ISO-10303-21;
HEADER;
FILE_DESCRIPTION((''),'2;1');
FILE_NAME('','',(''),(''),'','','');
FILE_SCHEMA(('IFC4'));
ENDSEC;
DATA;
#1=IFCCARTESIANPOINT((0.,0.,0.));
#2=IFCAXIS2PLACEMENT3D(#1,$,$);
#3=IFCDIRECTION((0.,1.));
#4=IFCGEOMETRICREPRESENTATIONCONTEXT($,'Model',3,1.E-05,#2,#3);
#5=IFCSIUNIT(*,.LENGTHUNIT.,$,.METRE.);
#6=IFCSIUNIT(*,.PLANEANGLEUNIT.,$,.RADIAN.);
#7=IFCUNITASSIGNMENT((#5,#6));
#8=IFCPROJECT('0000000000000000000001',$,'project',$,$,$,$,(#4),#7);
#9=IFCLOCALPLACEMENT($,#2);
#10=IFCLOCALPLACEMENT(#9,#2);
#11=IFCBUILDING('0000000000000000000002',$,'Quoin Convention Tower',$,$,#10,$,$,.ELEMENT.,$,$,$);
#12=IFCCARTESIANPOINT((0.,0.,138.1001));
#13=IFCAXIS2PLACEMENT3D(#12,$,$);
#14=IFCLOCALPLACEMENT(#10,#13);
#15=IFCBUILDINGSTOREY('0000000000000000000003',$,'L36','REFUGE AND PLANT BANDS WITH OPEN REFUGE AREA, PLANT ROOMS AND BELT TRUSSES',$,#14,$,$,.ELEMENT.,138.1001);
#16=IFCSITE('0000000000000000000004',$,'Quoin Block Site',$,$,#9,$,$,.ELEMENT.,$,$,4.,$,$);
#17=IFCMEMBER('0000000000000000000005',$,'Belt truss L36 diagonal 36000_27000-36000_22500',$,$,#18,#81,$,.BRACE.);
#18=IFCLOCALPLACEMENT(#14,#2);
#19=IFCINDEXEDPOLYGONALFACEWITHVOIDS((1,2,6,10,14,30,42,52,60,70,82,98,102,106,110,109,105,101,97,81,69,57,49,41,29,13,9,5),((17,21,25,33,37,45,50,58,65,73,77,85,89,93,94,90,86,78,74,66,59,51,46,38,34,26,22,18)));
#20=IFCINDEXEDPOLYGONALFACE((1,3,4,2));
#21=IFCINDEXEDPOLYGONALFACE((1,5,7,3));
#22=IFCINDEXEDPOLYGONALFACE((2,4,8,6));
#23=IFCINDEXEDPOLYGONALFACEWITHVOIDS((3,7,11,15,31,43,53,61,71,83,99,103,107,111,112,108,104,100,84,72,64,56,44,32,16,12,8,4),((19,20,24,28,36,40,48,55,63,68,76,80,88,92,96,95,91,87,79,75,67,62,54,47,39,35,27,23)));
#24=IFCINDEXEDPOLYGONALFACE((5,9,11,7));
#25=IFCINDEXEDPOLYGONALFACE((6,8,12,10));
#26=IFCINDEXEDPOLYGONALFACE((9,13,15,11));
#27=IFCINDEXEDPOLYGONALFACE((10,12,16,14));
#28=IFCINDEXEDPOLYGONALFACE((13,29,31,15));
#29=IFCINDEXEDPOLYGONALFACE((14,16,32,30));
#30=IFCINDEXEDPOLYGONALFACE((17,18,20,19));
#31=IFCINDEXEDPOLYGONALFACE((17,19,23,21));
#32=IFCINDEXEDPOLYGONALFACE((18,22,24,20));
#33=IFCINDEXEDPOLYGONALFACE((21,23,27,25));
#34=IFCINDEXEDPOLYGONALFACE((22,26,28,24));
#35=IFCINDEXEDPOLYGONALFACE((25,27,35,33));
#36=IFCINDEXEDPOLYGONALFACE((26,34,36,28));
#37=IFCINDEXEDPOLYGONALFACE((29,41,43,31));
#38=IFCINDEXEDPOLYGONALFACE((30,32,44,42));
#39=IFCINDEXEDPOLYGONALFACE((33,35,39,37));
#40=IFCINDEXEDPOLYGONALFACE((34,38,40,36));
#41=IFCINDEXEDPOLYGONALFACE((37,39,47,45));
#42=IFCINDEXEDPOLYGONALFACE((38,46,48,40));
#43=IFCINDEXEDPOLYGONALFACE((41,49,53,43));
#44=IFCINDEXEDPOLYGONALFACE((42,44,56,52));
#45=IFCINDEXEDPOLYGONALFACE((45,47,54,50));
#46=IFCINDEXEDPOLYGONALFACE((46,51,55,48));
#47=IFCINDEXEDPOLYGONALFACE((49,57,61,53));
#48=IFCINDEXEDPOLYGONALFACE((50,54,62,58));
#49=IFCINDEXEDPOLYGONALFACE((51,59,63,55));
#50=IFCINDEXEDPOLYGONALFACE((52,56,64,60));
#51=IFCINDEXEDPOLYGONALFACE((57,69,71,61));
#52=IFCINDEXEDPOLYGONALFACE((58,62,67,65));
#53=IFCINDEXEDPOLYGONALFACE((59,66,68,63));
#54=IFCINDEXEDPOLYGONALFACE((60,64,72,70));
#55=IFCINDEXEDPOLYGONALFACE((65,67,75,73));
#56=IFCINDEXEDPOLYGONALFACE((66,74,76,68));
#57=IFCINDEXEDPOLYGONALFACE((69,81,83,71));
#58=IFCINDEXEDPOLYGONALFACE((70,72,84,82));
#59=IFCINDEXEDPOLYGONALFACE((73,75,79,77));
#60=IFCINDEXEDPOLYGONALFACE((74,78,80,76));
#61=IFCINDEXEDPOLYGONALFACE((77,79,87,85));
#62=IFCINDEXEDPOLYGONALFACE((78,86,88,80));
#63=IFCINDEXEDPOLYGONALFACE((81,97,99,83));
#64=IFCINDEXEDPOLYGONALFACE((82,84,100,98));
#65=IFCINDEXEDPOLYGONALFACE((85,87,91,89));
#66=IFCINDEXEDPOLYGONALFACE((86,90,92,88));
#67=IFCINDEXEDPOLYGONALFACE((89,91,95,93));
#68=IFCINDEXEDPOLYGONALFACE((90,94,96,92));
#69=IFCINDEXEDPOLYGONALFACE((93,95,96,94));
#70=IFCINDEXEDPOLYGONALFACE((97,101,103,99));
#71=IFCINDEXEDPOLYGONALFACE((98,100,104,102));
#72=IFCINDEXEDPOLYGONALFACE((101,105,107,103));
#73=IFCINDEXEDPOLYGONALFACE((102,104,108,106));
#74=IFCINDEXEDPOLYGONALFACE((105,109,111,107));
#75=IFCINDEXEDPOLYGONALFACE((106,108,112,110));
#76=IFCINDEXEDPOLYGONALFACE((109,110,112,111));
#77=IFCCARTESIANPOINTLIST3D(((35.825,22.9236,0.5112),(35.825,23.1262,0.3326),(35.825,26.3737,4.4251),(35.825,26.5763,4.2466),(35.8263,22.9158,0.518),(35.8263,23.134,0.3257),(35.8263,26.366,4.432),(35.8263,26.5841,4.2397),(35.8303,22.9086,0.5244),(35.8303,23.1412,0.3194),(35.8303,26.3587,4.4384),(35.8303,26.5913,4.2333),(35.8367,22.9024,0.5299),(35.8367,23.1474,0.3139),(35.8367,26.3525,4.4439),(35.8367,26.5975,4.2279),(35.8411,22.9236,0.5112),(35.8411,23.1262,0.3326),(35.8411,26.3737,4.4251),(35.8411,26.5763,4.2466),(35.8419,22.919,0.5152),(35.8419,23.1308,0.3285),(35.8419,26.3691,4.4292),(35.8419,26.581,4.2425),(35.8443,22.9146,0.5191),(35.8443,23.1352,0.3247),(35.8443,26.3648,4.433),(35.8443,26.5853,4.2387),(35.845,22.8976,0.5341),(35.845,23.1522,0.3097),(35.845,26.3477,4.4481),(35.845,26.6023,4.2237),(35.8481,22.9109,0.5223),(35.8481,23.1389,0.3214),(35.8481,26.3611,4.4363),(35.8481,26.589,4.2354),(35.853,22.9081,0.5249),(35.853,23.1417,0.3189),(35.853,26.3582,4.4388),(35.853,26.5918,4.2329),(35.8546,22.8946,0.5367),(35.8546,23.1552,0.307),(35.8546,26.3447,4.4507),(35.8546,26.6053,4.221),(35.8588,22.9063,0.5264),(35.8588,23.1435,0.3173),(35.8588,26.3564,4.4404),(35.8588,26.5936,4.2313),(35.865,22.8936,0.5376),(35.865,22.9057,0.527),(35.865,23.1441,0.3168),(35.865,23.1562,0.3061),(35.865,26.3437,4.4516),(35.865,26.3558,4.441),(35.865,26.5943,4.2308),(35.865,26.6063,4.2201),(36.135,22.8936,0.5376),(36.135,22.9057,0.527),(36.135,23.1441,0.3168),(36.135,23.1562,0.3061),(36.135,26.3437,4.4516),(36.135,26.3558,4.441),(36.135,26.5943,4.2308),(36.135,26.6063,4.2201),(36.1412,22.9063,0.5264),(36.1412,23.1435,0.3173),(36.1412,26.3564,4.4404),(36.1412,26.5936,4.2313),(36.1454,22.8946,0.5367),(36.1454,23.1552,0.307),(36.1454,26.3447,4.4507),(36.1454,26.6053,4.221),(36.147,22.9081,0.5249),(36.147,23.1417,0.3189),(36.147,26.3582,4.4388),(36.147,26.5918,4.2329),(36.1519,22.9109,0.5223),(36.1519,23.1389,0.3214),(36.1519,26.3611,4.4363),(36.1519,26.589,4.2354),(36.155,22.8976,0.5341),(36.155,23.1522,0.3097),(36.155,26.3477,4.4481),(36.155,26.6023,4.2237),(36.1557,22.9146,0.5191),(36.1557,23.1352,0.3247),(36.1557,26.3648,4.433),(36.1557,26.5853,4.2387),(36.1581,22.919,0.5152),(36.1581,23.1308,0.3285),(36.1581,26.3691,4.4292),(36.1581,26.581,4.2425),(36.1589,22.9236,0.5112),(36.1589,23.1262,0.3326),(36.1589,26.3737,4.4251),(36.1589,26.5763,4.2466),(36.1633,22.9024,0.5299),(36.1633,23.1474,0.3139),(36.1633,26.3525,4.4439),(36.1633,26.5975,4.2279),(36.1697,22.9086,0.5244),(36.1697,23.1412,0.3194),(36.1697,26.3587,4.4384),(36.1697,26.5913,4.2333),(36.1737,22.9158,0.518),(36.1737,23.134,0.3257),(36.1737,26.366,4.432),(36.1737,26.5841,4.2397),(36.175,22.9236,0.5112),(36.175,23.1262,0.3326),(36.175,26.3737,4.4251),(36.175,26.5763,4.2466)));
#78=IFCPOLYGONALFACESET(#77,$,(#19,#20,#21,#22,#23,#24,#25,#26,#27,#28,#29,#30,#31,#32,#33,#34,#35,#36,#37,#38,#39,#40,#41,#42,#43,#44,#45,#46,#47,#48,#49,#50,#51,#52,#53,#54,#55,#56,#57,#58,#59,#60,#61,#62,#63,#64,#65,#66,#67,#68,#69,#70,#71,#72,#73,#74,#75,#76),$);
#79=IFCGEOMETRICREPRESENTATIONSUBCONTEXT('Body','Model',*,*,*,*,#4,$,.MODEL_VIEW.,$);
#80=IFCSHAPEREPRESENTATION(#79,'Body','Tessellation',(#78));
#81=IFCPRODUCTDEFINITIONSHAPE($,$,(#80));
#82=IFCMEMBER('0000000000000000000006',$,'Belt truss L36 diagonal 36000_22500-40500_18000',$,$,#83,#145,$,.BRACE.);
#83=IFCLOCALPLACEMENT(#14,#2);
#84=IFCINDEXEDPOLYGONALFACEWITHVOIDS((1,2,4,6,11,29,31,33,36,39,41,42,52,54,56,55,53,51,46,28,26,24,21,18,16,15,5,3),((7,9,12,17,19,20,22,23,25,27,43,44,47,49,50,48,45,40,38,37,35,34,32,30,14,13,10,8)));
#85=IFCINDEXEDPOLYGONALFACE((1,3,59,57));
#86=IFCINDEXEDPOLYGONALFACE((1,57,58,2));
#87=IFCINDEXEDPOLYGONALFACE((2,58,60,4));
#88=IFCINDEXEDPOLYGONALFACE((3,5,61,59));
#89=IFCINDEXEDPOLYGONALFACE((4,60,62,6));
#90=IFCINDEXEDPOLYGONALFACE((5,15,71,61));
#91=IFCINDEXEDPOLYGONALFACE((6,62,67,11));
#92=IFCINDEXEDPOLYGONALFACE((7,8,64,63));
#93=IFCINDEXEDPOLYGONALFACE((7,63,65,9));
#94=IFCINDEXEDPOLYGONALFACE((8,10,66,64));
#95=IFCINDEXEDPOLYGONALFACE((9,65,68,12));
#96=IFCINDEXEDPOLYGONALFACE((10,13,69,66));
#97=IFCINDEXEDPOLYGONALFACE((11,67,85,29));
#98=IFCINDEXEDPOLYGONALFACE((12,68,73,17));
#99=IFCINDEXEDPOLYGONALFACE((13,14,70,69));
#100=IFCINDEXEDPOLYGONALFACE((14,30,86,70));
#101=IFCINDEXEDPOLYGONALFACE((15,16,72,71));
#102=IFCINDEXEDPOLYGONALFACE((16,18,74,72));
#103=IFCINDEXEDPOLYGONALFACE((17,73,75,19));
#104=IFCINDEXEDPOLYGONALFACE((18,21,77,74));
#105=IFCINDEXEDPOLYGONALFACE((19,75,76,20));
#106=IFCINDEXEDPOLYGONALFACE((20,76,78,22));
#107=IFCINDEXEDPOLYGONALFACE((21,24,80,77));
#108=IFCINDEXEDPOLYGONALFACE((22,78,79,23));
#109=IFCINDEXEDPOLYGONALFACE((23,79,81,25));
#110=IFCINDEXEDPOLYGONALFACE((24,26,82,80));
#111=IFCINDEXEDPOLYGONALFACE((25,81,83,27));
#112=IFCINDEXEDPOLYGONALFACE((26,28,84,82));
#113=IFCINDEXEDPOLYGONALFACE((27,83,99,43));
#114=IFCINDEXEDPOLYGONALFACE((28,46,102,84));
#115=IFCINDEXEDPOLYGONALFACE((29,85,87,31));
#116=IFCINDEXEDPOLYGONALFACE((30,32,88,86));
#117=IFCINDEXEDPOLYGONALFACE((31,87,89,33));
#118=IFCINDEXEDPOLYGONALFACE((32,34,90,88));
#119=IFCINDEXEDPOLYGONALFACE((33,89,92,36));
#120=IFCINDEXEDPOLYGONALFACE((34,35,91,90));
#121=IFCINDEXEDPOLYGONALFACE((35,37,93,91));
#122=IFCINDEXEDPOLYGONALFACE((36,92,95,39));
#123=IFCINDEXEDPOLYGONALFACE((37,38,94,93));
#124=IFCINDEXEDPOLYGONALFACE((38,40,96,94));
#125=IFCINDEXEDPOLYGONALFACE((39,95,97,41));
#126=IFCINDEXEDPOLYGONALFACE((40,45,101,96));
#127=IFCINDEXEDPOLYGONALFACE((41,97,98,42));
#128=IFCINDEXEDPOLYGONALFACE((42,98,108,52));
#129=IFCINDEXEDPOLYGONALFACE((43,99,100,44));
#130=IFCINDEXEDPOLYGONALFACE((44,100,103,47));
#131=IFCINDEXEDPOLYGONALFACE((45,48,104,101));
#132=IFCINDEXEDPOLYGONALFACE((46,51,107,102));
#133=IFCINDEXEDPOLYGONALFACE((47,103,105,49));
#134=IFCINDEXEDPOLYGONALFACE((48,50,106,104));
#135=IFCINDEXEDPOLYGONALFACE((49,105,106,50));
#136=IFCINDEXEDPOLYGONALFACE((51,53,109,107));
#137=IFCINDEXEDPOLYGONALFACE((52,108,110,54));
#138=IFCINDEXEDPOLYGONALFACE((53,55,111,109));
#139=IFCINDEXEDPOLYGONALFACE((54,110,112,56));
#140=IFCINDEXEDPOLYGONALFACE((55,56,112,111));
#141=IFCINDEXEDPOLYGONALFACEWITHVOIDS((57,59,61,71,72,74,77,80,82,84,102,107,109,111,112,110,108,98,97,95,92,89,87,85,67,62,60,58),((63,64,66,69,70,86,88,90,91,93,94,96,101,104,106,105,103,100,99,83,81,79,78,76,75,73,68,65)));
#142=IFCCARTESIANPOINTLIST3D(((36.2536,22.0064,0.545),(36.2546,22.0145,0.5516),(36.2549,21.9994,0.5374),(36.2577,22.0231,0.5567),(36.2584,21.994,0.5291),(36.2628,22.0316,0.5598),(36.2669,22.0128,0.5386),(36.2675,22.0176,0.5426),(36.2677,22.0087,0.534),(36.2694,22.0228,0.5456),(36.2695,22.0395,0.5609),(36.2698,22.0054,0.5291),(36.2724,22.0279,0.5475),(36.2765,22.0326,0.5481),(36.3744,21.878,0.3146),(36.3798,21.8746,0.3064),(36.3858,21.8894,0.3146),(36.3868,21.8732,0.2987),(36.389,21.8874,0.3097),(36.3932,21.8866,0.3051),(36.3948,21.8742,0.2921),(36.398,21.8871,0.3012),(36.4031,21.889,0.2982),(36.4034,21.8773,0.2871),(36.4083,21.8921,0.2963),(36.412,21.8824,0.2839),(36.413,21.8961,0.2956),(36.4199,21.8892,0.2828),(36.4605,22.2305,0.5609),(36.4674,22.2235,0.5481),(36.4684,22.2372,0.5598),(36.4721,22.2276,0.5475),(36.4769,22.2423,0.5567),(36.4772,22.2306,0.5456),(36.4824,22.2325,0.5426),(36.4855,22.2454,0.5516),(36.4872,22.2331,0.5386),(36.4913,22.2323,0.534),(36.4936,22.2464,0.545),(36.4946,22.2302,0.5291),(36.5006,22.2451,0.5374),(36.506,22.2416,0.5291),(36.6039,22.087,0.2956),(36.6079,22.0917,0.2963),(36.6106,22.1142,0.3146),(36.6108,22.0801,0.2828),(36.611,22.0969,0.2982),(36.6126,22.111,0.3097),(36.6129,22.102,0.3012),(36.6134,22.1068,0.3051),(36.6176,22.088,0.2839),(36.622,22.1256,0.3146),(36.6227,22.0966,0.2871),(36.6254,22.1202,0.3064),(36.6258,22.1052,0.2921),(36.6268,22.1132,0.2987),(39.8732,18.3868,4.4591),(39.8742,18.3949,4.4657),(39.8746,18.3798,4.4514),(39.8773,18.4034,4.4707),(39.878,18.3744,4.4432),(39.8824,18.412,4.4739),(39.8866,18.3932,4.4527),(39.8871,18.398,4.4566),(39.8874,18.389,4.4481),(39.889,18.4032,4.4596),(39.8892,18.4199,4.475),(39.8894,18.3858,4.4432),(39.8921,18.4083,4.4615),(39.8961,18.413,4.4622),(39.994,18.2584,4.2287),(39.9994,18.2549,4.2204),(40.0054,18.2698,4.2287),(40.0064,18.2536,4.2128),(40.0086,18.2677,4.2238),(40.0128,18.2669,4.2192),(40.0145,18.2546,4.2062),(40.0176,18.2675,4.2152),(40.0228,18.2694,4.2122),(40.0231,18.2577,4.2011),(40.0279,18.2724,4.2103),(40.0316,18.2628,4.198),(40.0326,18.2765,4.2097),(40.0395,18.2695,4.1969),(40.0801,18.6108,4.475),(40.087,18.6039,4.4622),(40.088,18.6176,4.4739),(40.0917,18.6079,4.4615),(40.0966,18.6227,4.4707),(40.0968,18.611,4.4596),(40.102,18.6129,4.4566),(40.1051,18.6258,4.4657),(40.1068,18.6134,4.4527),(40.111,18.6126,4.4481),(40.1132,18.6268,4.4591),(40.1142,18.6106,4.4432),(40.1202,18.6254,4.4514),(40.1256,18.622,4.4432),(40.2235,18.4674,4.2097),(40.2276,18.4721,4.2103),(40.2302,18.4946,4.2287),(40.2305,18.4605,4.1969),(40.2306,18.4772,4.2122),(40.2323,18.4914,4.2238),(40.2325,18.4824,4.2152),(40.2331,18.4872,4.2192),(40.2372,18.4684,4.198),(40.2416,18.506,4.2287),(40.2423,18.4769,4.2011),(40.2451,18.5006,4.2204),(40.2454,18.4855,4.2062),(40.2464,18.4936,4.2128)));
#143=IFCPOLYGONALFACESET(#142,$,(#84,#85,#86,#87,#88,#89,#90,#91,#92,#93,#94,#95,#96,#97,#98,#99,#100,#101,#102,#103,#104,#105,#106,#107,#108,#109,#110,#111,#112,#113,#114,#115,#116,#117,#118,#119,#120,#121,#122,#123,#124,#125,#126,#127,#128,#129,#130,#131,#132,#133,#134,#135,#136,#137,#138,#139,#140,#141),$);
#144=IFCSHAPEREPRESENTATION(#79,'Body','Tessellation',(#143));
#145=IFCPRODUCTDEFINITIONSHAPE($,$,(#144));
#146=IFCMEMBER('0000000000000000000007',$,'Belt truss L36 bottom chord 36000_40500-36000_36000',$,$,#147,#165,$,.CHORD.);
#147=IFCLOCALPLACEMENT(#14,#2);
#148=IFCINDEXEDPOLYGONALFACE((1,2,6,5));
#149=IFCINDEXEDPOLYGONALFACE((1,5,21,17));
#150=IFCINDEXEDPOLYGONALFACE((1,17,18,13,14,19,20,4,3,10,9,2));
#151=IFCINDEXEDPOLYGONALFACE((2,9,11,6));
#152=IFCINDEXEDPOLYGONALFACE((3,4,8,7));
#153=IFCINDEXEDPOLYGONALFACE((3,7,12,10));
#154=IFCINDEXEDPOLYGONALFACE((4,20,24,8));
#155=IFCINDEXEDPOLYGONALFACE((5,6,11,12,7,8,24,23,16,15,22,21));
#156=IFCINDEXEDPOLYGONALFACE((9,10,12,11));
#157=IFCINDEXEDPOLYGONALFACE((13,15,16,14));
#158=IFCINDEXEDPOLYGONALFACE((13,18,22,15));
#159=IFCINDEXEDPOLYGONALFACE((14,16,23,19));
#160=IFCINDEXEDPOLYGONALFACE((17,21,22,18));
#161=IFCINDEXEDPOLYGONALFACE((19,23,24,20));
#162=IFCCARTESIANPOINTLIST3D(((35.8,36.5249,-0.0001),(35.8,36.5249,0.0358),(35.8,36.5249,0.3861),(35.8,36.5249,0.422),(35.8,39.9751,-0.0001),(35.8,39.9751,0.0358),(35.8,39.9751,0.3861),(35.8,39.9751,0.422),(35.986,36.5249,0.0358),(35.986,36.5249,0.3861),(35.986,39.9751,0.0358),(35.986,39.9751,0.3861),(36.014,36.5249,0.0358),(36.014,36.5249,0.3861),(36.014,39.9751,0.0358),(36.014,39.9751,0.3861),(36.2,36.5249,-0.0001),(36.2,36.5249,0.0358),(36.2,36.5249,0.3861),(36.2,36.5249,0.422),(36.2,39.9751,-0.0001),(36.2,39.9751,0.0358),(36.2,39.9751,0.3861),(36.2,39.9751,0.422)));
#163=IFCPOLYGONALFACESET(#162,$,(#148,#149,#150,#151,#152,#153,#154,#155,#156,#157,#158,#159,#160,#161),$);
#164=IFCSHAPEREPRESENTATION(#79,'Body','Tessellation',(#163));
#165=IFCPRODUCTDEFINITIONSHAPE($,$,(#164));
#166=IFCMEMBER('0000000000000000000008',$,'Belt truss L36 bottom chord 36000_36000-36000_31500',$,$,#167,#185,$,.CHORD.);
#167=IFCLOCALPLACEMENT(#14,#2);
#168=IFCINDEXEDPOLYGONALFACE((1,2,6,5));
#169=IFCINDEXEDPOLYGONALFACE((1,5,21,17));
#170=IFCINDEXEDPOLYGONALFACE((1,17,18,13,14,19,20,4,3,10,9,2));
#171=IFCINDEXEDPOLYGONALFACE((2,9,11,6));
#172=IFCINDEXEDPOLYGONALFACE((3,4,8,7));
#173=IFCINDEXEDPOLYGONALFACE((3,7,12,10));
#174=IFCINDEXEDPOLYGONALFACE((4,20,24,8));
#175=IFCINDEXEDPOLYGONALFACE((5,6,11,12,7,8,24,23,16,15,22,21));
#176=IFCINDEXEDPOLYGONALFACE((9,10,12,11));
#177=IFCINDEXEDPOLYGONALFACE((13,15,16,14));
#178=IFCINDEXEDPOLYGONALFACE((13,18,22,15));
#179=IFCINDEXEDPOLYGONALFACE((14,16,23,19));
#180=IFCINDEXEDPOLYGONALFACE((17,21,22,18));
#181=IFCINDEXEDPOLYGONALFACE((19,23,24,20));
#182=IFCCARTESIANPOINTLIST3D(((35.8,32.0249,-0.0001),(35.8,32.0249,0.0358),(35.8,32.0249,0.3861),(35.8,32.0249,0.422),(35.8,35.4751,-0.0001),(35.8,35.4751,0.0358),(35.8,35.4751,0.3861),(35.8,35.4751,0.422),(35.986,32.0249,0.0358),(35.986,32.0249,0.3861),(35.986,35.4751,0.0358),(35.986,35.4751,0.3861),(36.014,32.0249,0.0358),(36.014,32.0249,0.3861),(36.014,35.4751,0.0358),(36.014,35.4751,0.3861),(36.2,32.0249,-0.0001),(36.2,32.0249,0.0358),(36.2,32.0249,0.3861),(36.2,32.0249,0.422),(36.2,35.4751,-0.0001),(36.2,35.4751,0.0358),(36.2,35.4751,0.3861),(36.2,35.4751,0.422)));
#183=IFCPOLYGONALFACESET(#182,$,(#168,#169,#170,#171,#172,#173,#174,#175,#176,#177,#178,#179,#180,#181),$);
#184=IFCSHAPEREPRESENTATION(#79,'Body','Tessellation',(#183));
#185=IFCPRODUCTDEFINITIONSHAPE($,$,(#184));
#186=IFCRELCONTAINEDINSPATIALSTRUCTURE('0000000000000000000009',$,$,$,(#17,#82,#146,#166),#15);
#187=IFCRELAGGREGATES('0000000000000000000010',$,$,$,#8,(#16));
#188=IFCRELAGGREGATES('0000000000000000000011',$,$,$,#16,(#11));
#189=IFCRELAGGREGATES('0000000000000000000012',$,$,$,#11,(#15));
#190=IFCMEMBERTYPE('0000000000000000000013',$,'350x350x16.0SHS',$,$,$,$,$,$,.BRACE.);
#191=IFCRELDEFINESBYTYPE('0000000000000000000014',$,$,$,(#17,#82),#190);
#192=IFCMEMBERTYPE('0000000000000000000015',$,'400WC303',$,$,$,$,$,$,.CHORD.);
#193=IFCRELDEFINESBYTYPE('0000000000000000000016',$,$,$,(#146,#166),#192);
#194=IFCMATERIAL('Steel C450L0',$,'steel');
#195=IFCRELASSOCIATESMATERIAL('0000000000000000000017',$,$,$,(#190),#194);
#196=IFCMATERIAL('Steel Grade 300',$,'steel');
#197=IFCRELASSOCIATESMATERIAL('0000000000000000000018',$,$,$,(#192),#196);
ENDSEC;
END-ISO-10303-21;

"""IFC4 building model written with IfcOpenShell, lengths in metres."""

from ifc_helpers import new_model, si_unit, direction, frame, origin, origin_2d, place, context, subcontext, project, spatial, hollow_rectangle, i_section, extrude, material, material_profile, profile_set, type_object, element, save


model = new_model("IFC4")

# Units and contexts
model_context = context("Model", 3, precision=1e-05, world=origin(), true_north=direction((0.0, 1.0)))
body_context = subcontext(model_context, "Body", "Model", "MODEL_VIEW")
ifc_project = project(units=[si_unit("LENGTHUNIT", "METRE"), si_unit("PLANEANGLEUNIT", "RADIAN")], contexts=[model_context])

# Site, building, storey
site_placement = place(None, origin())
site = spatial("IfcSite", under=ifc_project, at=site_placement, Name="Quoin Block Site", CompositionType="ELEMENT", RefElevation=4.0)
building_placement = place(site_placement, origin())
building = spatial("IfcBuilding", under=site, at=building_placement, Name="Quoin Convention Tower", CompositionType="ELEMENT")
storey_placement = place(building_placement, frame((0.0, 0.0, 138.1001)))
storey = spatial("IfcBuildingStorey", under=building, at=storey_placement, Name="L36", Description="REFUGE AND PLANT BANDS WITH OPEN REFUGE AREA, PLANT ROOMS AND BELT TRUSSES", CompositionType="ELEMENT", Elevation=138.1001)

# Shared definitions
ifc_material_1 = material(Name="Steel Grade 300", Category="steel")
ifc_material_2 = material(Name="Steel C450L0", Category="steel")

# Members
ifc_material_profile_1 = material_profile(ifc_material_2, hollow_rectangle(XDim=0.3501, YDim=0.3501, WallThickness=0.0161, InnerFilletRadius=0.0239, OuterFilletRadius=0.04, at=origin_2d()), Name="350x350x16.0SHS")
ifc_profile_set_1 = profile_set([ifc_material_profile_1], Name="Steel C450L0")
member_type_1 = type_object("IfcMemberType", Name="350x350x16.0SHS", PredefinedType="BRACE", material=ifc_profile_set_1)
for number, where, z_axis, x_axis, name in (
    (1, (36.0, 23.0249, 0.4219), (0.0, 0.661256, 0.75016), (-1.0, 0.0, 0.0), "Belt truss L36 diagonal 36000_27000-36000_22500"),
):
    element("IfcMember", number, at=place(storey_placement, frame(where, z_axis=z_axis, x_axis=x_axis)), inside=storey, type_object=member_type_1, Name=name, PredefinedType="BRACE", context=body_context, shape_type="SweptSolid", body=[
        extrude(hollow_rectangle(XDim=0.3501, YDim=0.3501, WallThickness=0.0161, InnerFilletRadius=0.0239, OuterFilletRadius=0.04, at=origin_2d()), origin(), (0.0, 0.0, 1.0), 5.2175),
    ])
member_1_placement = place(storey_placement, frame((36.4402, 22.0598, 0.4219), z_axis=(0.561718, -0.561718, 0.60741), x_axis=(0.707107, 0.707107, 0.0)))
element("IfcMember", 2, at=member_1_placement, inside=storey, type_object=member_type_1, Name="Belt truss L36 diagonal 36000_22500-40500_18000", PredefinedType="BRACE", context=body_context, shape_type="SweptSolid", body=[
    extrude(hollow_rectangle(XDim=0.3501, YDim=0.3501, WallThickness=0.0161, InnerFilletRadius=0.0239, OuterFilletRadius=0.04, at=origin_2d()), origin(), (0.0, 0.0, 1.0), 6.4438),
])
ifc_material_profile_2 = material_profile(ifc_material_1, i_section(OverallWidth=0.3999, OverallDepth=0.4221, WebThickness=0.0281, FlangeThickness=0.0359, at=origin_2d()), Name="400WC303")
ifc_profile_set_2 = profile_set([ifc_material_profile_2], Name="Steel Grade 300")
member_type_2 = type_object("IfcMemberType", Name="400WC303", PredefinedType="CHORD", material=ifc_profile_set_2)
for number, where, z_axis, x_axis, name in (
    (3, (36.0, 39.9751, 0.2109), (0.0, -1.0, 0.0), (1.0, 0.0, 0.0), "Belt truss L36 bottom chord 36000_40500-36000_36000"),
    (4, (36.0, 35.4751, 0.2109), (0.0, -1.0, 0.0), (1.0, 0.0, 0.0), "Belt truss L36 bottom chord 36000_36000-36000_31500"),
):
    element("IfcMember", number, at=place(storey_placement, frame(where, z_axis=z_axis, x_axis=x_axis)), inside=storey, type_object=member_type_2, Name=name, PredefinedType="CHORD", context=body_context, shape_type="SweptSolid", body=[
        extrude(i_section(OverallWidth=0.3999, OverallDepth=0.4221, WebThickness=0.0281, FlangeThickness=0.0359, at=origin_2d()), origin(), (0.0, 0.0, 1.0), 3.4502),
    ])

save(model, "model.ifc")
